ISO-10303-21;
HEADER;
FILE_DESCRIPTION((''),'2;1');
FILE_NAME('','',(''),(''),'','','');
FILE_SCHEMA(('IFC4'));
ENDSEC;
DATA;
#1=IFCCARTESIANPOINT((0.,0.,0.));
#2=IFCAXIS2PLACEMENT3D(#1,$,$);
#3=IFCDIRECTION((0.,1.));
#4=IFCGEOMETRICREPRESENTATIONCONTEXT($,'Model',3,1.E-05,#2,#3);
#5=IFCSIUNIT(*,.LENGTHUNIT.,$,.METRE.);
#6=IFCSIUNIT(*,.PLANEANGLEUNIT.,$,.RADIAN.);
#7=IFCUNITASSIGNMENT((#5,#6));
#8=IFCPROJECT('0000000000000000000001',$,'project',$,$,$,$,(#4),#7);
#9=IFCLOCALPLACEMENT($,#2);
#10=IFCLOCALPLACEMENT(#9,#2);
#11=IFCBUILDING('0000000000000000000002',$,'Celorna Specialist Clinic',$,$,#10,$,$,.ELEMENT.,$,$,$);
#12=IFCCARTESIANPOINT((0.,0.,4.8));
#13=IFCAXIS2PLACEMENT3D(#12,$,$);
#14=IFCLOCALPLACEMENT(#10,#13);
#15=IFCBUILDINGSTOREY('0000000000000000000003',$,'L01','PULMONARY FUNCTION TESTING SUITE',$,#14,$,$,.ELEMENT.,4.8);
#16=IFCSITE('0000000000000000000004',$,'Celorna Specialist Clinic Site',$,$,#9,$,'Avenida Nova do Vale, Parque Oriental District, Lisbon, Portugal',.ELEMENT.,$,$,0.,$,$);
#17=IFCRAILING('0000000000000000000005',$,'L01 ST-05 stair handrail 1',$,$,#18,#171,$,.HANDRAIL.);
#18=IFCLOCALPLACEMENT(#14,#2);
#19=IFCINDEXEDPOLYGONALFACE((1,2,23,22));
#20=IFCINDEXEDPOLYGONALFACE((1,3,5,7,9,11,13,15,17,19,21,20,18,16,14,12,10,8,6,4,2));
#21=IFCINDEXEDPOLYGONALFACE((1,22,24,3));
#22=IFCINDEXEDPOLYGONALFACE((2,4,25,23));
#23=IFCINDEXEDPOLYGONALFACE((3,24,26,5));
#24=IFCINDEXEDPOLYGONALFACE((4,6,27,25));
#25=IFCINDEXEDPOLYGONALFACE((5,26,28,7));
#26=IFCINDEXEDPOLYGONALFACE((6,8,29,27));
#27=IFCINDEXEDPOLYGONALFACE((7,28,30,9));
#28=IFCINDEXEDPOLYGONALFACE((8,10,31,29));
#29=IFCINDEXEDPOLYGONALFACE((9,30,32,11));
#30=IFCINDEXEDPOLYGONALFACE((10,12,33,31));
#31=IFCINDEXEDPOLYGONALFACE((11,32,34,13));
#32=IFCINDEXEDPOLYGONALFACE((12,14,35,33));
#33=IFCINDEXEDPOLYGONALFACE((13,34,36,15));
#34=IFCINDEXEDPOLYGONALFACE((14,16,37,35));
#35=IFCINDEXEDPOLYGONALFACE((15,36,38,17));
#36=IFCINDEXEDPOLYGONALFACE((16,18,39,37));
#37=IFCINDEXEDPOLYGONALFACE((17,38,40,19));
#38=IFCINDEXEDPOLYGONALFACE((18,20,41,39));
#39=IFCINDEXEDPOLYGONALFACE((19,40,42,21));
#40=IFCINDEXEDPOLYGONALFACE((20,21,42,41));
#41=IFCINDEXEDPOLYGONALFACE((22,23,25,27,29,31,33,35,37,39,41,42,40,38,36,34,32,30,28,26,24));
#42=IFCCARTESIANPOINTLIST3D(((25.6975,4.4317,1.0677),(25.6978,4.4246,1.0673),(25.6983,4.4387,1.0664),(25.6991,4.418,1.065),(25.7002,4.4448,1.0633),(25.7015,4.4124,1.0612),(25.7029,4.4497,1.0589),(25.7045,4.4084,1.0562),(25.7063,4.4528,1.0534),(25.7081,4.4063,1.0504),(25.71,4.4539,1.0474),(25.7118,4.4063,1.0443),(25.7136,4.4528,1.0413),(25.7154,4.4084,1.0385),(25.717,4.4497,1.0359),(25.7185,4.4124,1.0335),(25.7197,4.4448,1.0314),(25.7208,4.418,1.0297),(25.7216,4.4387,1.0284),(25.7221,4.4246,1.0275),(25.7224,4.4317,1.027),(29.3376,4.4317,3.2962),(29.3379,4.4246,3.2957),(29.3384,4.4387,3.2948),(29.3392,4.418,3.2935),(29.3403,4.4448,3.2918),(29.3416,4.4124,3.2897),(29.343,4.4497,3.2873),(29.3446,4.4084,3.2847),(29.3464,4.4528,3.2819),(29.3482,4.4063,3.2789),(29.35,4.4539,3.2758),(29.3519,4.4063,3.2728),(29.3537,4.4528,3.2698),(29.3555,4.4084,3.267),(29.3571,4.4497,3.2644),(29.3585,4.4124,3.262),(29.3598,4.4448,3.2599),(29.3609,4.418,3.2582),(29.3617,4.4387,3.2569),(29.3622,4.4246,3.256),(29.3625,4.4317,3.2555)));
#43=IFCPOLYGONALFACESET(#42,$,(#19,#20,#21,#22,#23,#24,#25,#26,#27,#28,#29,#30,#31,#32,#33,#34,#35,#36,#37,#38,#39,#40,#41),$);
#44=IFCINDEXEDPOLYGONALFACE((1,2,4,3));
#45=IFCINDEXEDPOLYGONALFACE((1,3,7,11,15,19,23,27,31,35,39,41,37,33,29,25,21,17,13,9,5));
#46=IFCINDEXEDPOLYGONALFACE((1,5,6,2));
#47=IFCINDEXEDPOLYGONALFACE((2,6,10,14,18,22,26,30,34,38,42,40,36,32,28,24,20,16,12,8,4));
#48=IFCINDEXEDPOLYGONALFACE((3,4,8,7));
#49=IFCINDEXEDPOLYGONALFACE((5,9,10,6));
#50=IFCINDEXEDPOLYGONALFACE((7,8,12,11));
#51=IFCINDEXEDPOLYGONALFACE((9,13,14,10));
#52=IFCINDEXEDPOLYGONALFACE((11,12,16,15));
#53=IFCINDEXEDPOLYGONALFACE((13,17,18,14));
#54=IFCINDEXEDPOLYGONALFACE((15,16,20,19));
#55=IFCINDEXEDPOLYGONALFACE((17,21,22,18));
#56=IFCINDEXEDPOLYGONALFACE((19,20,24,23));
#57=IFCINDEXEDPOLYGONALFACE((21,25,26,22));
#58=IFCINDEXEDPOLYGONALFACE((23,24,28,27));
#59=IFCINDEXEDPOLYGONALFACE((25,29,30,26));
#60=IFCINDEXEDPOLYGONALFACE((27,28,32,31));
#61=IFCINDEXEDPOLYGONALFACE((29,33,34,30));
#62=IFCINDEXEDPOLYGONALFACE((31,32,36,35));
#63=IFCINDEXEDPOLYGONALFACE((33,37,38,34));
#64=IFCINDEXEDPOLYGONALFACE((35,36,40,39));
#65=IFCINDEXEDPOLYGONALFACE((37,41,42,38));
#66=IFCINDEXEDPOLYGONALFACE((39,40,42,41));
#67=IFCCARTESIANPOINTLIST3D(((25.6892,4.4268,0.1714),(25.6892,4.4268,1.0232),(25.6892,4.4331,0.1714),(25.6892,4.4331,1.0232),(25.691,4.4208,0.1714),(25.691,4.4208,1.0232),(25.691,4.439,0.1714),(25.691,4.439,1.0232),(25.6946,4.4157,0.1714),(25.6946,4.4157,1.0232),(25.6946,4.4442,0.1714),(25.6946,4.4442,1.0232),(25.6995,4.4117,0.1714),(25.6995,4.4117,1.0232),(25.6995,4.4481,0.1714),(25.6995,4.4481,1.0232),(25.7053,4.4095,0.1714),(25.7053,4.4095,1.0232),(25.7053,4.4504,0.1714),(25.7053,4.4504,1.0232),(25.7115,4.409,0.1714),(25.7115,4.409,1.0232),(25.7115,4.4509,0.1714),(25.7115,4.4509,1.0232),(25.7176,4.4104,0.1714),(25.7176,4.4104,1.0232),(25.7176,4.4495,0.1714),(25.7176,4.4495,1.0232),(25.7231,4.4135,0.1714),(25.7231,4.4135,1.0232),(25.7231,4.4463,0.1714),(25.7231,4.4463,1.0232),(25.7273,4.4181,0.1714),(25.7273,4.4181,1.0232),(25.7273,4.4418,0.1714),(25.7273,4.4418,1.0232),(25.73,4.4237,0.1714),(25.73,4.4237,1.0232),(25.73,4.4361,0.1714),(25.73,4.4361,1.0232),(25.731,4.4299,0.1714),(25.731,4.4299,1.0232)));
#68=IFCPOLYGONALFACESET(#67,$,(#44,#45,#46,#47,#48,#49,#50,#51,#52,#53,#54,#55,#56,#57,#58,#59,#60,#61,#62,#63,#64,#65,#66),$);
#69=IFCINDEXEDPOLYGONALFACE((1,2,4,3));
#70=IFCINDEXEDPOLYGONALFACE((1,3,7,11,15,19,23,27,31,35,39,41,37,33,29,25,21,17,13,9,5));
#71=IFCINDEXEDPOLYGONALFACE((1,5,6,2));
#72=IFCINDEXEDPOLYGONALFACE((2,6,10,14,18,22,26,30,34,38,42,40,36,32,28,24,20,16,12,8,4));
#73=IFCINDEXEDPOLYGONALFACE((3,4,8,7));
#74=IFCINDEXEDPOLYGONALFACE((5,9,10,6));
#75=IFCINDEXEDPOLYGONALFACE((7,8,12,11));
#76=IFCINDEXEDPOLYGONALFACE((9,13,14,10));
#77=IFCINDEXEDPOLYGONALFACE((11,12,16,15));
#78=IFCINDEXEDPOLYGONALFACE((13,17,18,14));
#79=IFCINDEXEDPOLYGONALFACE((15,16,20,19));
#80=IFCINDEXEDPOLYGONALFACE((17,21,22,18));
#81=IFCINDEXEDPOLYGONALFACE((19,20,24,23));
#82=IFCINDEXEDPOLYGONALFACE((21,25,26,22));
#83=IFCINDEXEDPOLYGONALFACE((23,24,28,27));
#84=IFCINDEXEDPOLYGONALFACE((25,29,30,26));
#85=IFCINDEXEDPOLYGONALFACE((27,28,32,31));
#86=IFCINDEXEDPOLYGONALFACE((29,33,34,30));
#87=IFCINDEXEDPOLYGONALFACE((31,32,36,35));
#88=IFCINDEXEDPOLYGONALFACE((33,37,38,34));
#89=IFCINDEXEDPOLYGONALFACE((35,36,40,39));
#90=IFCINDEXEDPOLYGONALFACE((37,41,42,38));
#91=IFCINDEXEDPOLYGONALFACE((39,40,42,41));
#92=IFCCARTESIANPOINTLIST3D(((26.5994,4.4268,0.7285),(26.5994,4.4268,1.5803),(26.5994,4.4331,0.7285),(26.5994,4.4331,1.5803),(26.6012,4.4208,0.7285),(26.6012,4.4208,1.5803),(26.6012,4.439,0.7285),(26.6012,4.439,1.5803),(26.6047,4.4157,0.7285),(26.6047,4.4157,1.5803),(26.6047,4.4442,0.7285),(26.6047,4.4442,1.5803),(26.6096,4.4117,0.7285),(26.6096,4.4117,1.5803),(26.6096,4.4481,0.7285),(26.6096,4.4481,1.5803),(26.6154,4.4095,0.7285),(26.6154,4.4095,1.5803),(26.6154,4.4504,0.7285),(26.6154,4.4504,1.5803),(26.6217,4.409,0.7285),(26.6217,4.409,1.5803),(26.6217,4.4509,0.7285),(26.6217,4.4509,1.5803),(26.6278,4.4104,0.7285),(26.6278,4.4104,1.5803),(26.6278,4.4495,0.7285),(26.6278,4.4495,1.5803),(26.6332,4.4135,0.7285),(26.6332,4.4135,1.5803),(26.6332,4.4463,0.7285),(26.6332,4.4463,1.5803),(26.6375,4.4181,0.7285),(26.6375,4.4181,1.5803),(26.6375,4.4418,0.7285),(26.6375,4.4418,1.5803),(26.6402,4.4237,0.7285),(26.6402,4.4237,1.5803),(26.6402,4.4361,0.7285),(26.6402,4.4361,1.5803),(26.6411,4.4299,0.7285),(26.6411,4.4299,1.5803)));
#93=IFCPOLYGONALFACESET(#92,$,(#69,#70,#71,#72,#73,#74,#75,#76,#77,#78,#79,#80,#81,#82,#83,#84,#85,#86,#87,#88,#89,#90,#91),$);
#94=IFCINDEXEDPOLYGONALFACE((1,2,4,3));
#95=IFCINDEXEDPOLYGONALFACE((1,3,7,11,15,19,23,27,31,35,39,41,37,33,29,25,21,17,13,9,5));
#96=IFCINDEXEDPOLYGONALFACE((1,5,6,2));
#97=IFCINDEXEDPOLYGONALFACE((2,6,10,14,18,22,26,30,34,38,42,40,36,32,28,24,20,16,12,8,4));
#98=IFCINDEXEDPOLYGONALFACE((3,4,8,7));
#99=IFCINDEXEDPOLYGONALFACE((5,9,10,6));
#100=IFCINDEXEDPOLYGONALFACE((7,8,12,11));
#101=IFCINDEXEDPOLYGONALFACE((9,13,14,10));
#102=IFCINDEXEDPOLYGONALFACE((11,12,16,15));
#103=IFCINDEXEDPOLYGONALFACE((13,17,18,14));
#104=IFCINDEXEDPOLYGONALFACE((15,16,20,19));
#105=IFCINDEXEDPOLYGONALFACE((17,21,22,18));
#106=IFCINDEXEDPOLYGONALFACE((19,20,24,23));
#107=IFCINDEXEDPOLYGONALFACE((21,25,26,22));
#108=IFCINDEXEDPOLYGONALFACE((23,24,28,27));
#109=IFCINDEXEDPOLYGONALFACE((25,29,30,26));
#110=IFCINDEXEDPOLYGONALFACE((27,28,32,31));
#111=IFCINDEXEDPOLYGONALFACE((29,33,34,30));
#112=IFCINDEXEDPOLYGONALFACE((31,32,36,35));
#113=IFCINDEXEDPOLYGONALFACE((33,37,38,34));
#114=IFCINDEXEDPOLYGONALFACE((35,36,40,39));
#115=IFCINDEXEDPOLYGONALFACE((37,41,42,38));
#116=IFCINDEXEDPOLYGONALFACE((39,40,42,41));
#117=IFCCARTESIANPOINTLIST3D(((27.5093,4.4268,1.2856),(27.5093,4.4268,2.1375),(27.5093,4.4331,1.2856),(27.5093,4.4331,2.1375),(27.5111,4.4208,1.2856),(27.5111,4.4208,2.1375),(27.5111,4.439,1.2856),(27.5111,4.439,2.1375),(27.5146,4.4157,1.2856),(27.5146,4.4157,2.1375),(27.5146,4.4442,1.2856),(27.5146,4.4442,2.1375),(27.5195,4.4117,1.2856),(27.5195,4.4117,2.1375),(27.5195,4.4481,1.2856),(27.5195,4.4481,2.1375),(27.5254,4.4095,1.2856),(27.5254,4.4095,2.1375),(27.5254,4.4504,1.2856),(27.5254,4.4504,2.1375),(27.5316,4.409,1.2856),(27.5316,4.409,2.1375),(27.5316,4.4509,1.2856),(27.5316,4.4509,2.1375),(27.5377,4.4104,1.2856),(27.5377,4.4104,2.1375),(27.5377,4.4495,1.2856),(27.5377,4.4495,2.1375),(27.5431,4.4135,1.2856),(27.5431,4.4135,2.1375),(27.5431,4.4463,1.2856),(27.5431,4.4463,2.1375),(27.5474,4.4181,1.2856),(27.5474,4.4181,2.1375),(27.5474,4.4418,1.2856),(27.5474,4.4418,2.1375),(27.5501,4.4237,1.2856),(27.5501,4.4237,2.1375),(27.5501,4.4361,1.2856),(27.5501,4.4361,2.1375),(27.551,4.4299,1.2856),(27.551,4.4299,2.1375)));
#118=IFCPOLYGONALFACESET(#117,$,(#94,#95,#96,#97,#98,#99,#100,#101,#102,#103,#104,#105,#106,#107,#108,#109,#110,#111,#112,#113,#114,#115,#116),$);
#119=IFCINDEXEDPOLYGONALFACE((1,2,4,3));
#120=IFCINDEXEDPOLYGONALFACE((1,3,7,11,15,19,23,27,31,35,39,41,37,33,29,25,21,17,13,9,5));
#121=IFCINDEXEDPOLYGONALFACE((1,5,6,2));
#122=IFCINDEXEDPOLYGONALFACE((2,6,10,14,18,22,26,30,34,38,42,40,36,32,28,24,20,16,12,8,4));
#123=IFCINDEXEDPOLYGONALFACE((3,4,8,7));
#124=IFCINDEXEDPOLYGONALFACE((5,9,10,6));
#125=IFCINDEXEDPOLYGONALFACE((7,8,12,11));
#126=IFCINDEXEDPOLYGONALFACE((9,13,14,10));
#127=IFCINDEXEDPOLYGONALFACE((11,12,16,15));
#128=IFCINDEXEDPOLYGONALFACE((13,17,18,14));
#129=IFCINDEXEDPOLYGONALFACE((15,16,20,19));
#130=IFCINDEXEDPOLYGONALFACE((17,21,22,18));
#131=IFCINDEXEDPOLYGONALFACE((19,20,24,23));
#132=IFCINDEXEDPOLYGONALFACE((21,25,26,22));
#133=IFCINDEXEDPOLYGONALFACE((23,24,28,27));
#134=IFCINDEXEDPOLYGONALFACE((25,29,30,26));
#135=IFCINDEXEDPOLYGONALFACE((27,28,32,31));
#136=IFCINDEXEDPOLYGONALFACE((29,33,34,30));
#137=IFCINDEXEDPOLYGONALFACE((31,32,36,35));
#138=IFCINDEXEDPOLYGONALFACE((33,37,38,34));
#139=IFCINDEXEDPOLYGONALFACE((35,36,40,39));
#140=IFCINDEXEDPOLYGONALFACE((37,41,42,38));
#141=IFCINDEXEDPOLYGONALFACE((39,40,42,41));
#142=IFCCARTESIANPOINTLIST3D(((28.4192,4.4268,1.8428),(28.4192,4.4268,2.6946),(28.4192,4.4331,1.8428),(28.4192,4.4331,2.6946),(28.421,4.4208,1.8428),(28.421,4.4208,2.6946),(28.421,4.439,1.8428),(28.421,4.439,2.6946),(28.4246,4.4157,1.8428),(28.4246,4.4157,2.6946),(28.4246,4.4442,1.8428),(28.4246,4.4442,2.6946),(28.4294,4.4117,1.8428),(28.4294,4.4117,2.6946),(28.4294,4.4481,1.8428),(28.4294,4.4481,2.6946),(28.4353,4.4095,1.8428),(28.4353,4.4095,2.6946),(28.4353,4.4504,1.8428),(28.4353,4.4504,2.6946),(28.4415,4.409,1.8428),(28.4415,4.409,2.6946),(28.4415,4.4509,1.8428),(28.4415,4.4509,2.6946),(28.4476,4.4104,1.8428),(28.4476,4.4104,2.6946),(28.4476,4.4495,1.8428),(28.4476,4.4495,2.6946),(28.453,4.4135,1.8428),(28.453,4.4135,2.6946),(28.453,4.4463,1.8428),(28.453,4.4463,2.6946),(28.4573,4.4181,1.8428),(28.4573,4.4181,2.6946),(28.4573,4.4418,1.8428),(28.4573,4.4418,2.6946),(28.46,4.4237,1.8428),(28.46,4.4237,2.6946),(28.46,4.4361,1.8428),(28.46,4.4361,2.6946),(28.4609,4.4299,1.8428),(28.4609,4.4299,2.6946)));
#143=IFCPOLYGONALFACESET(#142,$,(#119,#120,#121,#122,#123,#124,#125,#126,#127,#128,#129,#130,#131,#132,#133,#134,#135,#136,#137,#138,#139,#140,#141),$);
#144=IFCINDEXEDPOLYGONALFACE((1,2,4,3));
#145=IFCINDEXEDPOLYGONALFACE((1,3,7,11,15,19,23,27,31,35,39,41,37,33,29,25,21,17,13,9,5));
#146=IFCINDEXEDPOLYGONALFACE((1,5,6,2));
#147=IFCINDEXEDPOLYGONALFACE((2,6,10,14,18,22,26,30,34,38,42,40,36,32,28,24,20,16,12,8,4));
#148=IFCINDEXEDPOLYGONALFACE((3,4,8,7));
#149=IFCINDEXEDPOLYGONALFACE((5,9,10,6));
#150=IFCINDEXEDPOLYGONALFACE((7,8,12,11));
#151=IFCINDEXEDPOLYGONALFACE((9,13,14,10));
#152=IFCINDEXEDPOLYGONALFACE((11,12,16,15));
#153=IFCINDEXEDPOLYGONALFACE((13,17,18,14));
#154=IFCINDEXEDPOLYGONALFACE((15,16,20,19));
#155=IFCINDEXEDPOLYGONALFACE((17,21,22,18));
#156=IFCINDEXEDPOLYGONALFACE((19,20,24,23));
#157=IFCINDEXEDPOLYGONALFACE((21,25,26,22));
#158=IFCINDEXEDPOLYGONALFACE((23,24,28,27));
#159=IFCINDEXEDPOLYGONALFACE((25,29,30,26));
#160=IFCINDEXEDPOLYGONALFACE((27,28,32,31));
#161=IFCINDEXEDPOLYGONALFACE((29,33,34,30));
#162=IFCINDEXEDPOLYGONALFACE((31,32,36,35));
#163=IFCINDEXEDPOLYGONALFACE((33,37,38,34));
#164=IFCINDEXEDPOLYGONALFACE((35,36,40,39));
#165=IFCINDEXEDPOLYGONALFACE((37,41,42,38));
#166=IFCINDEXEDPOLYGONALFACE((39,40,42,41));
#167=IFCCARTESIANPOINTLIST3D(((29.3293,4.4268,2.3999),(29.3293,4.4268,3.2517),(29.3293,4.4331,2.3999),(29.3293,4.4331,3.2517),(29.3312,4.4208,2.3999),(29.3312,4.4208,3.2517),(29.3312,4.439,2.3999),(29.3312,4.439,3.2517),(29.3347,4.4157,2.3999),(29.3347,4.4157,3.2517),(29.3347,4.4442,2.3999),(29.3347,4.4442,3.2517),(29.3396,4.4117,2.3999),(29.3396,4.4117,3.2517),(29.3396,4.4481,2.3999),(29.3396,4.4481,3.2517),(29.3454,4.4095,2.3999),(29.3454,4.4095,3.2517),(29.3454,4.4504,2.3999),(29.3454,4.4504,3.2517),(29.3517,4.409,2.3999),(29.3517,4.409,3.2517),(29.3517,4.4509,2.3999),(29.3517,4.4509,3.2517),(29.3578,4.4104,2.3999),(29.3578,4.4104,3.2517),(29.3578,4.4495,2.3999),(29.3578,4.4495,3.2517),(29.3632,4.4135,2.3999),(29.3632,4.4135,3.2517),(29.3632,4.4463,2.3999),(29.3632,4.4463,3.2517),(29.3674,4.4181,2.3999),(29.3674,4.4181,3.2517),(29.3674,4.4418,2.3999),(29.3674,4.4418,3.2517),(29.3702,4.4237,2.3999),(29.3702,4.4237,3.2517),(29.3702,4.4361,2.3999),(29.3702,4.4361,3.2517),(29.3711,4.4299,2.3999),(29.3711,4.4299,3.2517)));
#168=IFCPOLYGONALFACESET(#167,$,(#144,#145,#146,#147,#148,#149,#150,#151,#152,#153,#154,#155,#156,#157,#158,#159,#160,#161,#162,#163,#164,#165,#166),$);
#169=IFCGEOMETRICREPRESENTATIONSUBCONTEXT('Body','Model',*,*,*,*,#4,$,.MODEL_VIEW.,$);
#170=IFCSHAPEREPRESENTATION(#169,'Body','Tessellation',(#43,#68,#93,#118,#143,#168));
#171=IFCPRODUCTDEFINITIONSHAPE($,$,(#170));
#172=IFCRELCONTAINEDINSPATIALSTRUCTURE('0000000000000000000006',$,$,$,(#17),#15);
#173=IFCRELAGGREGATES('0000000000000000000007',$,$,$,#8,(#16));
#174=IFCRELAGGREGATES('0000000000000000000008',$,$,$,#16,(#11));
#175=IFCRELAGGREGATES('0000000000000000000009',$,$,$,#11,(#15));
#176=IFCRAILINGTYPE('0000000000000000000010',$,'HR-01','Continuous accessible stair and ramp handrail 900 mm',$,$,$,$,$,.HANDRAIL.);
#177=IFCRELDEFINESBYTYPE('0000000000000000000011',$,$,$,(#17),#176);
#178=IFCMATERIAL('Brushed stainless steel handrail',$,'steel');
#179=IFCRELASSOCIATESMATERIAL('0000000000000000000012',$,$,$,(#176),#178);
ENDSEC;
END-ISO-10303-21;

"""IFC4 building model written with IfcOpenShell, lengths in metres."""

from ifc_helpers import new_model, si_unit, direction, frame, origin, origin_2d, place, context, subcontext, project, spatial, circle, extrude, material, type_object, element, save


model = new_model("IFC4")

# Units and contexts
model_context = context("Model", 3, precision=1e-05, world=origin(), true_north=direction((0.0, 1.0)))
body_context = subcontext(model_context, "Body", "Model", "MODEL_VIEW")
ifc_project = project(units=[si_unit("LENGTHUNIT", "METRE"), si_unit("PLANEANGLEUNIT", "RADIAN")], contexts=[model_context])

# Site, building, storey
site_placement = place(None, origin())
site = spatial("IfcSite", under=ifc_project, at=site_placement, Name="Celorna Specialist Clinic Site", LongName="Avenida Nova do Vale, Parque Oriental District, Lisbon, Portugal", CompositionType="ELEMENT", RefElevation=0.0)
building_placement = place(site_placement, origin())
building = spatial("IfcBuilding", under=site, at=building_placement, Name="Celorna Specialist Clinic", CompositionType="ELEMENT")
storey_placement = place(building_placement, frame((0.0, 0.0, 4.8)))
storey = spatial("IfcBuildingStorey", under=building, at=storey_placement, Name="L01", Description="PULMONARY FUNCTION TESTING SUITE", CompositionType="ELEMENT", Elevation=4.8)

# Railing
ifc_material_1 = material(Name="Brushed stainless steel handrail", Category="steel")
railing_type_1 = type_object("IfcRailingType", Name="HR-01", Description="Continuous accessible stair and ramp handrail 900 mm", PredefinedType="HANDRAIL", material=ifc_material_1)
railing_1_placement = place(storey_placement, frame((25.71, 4.4299, 0.1714)))
element("IfcRailing", 1, at=railing_1_placement, inside=storey, type_object=railing_type_1, Name="L01 ST-05 stair handrail 1", PredefinedType="HANDRAIL", context=body_context, shape_type="SweptSolid", body=[
    extrude(circle(Radius=0.0239, at=origin_2d()), frame((0.0, 0.0, 0.876), z_axis=(0.852866, 0.0, 0.52213), x_axis=(0.0, 1.0, 0.0)), (0.0, 0.0, 1.0), 4.2681),
    extrude(circle(Radius=0.021, at=origin_2d()), origin(), (0.0, 0.0, 1.0), 0.8518),
    extrude(circle(Radius=0.021, at=origin_2d()), frame((0.9102, 0.0, 0.5571)), (0.0, 0.0, 1.0), 0.8518),
    extrude(circle(Radius=0.021, at=origin_2d()), frame((1.8201, 0.0, 1.1143)), (0.0, 0.0, 1.0), 0.8518),
    extrude(circle(Radius=0.021, at=origin_2d()), frame((2.73, 0.0, 1.6714)), (0.0, 0.0, 1.0), 0.8518),
    extrude(circle(Radius=0.021, at=origin_2d()), frame((3.6401, 0.0, 2.2285)), (0.0, 0.0, 1.0), 0.8518),
])

save(model, "model.ifc")
